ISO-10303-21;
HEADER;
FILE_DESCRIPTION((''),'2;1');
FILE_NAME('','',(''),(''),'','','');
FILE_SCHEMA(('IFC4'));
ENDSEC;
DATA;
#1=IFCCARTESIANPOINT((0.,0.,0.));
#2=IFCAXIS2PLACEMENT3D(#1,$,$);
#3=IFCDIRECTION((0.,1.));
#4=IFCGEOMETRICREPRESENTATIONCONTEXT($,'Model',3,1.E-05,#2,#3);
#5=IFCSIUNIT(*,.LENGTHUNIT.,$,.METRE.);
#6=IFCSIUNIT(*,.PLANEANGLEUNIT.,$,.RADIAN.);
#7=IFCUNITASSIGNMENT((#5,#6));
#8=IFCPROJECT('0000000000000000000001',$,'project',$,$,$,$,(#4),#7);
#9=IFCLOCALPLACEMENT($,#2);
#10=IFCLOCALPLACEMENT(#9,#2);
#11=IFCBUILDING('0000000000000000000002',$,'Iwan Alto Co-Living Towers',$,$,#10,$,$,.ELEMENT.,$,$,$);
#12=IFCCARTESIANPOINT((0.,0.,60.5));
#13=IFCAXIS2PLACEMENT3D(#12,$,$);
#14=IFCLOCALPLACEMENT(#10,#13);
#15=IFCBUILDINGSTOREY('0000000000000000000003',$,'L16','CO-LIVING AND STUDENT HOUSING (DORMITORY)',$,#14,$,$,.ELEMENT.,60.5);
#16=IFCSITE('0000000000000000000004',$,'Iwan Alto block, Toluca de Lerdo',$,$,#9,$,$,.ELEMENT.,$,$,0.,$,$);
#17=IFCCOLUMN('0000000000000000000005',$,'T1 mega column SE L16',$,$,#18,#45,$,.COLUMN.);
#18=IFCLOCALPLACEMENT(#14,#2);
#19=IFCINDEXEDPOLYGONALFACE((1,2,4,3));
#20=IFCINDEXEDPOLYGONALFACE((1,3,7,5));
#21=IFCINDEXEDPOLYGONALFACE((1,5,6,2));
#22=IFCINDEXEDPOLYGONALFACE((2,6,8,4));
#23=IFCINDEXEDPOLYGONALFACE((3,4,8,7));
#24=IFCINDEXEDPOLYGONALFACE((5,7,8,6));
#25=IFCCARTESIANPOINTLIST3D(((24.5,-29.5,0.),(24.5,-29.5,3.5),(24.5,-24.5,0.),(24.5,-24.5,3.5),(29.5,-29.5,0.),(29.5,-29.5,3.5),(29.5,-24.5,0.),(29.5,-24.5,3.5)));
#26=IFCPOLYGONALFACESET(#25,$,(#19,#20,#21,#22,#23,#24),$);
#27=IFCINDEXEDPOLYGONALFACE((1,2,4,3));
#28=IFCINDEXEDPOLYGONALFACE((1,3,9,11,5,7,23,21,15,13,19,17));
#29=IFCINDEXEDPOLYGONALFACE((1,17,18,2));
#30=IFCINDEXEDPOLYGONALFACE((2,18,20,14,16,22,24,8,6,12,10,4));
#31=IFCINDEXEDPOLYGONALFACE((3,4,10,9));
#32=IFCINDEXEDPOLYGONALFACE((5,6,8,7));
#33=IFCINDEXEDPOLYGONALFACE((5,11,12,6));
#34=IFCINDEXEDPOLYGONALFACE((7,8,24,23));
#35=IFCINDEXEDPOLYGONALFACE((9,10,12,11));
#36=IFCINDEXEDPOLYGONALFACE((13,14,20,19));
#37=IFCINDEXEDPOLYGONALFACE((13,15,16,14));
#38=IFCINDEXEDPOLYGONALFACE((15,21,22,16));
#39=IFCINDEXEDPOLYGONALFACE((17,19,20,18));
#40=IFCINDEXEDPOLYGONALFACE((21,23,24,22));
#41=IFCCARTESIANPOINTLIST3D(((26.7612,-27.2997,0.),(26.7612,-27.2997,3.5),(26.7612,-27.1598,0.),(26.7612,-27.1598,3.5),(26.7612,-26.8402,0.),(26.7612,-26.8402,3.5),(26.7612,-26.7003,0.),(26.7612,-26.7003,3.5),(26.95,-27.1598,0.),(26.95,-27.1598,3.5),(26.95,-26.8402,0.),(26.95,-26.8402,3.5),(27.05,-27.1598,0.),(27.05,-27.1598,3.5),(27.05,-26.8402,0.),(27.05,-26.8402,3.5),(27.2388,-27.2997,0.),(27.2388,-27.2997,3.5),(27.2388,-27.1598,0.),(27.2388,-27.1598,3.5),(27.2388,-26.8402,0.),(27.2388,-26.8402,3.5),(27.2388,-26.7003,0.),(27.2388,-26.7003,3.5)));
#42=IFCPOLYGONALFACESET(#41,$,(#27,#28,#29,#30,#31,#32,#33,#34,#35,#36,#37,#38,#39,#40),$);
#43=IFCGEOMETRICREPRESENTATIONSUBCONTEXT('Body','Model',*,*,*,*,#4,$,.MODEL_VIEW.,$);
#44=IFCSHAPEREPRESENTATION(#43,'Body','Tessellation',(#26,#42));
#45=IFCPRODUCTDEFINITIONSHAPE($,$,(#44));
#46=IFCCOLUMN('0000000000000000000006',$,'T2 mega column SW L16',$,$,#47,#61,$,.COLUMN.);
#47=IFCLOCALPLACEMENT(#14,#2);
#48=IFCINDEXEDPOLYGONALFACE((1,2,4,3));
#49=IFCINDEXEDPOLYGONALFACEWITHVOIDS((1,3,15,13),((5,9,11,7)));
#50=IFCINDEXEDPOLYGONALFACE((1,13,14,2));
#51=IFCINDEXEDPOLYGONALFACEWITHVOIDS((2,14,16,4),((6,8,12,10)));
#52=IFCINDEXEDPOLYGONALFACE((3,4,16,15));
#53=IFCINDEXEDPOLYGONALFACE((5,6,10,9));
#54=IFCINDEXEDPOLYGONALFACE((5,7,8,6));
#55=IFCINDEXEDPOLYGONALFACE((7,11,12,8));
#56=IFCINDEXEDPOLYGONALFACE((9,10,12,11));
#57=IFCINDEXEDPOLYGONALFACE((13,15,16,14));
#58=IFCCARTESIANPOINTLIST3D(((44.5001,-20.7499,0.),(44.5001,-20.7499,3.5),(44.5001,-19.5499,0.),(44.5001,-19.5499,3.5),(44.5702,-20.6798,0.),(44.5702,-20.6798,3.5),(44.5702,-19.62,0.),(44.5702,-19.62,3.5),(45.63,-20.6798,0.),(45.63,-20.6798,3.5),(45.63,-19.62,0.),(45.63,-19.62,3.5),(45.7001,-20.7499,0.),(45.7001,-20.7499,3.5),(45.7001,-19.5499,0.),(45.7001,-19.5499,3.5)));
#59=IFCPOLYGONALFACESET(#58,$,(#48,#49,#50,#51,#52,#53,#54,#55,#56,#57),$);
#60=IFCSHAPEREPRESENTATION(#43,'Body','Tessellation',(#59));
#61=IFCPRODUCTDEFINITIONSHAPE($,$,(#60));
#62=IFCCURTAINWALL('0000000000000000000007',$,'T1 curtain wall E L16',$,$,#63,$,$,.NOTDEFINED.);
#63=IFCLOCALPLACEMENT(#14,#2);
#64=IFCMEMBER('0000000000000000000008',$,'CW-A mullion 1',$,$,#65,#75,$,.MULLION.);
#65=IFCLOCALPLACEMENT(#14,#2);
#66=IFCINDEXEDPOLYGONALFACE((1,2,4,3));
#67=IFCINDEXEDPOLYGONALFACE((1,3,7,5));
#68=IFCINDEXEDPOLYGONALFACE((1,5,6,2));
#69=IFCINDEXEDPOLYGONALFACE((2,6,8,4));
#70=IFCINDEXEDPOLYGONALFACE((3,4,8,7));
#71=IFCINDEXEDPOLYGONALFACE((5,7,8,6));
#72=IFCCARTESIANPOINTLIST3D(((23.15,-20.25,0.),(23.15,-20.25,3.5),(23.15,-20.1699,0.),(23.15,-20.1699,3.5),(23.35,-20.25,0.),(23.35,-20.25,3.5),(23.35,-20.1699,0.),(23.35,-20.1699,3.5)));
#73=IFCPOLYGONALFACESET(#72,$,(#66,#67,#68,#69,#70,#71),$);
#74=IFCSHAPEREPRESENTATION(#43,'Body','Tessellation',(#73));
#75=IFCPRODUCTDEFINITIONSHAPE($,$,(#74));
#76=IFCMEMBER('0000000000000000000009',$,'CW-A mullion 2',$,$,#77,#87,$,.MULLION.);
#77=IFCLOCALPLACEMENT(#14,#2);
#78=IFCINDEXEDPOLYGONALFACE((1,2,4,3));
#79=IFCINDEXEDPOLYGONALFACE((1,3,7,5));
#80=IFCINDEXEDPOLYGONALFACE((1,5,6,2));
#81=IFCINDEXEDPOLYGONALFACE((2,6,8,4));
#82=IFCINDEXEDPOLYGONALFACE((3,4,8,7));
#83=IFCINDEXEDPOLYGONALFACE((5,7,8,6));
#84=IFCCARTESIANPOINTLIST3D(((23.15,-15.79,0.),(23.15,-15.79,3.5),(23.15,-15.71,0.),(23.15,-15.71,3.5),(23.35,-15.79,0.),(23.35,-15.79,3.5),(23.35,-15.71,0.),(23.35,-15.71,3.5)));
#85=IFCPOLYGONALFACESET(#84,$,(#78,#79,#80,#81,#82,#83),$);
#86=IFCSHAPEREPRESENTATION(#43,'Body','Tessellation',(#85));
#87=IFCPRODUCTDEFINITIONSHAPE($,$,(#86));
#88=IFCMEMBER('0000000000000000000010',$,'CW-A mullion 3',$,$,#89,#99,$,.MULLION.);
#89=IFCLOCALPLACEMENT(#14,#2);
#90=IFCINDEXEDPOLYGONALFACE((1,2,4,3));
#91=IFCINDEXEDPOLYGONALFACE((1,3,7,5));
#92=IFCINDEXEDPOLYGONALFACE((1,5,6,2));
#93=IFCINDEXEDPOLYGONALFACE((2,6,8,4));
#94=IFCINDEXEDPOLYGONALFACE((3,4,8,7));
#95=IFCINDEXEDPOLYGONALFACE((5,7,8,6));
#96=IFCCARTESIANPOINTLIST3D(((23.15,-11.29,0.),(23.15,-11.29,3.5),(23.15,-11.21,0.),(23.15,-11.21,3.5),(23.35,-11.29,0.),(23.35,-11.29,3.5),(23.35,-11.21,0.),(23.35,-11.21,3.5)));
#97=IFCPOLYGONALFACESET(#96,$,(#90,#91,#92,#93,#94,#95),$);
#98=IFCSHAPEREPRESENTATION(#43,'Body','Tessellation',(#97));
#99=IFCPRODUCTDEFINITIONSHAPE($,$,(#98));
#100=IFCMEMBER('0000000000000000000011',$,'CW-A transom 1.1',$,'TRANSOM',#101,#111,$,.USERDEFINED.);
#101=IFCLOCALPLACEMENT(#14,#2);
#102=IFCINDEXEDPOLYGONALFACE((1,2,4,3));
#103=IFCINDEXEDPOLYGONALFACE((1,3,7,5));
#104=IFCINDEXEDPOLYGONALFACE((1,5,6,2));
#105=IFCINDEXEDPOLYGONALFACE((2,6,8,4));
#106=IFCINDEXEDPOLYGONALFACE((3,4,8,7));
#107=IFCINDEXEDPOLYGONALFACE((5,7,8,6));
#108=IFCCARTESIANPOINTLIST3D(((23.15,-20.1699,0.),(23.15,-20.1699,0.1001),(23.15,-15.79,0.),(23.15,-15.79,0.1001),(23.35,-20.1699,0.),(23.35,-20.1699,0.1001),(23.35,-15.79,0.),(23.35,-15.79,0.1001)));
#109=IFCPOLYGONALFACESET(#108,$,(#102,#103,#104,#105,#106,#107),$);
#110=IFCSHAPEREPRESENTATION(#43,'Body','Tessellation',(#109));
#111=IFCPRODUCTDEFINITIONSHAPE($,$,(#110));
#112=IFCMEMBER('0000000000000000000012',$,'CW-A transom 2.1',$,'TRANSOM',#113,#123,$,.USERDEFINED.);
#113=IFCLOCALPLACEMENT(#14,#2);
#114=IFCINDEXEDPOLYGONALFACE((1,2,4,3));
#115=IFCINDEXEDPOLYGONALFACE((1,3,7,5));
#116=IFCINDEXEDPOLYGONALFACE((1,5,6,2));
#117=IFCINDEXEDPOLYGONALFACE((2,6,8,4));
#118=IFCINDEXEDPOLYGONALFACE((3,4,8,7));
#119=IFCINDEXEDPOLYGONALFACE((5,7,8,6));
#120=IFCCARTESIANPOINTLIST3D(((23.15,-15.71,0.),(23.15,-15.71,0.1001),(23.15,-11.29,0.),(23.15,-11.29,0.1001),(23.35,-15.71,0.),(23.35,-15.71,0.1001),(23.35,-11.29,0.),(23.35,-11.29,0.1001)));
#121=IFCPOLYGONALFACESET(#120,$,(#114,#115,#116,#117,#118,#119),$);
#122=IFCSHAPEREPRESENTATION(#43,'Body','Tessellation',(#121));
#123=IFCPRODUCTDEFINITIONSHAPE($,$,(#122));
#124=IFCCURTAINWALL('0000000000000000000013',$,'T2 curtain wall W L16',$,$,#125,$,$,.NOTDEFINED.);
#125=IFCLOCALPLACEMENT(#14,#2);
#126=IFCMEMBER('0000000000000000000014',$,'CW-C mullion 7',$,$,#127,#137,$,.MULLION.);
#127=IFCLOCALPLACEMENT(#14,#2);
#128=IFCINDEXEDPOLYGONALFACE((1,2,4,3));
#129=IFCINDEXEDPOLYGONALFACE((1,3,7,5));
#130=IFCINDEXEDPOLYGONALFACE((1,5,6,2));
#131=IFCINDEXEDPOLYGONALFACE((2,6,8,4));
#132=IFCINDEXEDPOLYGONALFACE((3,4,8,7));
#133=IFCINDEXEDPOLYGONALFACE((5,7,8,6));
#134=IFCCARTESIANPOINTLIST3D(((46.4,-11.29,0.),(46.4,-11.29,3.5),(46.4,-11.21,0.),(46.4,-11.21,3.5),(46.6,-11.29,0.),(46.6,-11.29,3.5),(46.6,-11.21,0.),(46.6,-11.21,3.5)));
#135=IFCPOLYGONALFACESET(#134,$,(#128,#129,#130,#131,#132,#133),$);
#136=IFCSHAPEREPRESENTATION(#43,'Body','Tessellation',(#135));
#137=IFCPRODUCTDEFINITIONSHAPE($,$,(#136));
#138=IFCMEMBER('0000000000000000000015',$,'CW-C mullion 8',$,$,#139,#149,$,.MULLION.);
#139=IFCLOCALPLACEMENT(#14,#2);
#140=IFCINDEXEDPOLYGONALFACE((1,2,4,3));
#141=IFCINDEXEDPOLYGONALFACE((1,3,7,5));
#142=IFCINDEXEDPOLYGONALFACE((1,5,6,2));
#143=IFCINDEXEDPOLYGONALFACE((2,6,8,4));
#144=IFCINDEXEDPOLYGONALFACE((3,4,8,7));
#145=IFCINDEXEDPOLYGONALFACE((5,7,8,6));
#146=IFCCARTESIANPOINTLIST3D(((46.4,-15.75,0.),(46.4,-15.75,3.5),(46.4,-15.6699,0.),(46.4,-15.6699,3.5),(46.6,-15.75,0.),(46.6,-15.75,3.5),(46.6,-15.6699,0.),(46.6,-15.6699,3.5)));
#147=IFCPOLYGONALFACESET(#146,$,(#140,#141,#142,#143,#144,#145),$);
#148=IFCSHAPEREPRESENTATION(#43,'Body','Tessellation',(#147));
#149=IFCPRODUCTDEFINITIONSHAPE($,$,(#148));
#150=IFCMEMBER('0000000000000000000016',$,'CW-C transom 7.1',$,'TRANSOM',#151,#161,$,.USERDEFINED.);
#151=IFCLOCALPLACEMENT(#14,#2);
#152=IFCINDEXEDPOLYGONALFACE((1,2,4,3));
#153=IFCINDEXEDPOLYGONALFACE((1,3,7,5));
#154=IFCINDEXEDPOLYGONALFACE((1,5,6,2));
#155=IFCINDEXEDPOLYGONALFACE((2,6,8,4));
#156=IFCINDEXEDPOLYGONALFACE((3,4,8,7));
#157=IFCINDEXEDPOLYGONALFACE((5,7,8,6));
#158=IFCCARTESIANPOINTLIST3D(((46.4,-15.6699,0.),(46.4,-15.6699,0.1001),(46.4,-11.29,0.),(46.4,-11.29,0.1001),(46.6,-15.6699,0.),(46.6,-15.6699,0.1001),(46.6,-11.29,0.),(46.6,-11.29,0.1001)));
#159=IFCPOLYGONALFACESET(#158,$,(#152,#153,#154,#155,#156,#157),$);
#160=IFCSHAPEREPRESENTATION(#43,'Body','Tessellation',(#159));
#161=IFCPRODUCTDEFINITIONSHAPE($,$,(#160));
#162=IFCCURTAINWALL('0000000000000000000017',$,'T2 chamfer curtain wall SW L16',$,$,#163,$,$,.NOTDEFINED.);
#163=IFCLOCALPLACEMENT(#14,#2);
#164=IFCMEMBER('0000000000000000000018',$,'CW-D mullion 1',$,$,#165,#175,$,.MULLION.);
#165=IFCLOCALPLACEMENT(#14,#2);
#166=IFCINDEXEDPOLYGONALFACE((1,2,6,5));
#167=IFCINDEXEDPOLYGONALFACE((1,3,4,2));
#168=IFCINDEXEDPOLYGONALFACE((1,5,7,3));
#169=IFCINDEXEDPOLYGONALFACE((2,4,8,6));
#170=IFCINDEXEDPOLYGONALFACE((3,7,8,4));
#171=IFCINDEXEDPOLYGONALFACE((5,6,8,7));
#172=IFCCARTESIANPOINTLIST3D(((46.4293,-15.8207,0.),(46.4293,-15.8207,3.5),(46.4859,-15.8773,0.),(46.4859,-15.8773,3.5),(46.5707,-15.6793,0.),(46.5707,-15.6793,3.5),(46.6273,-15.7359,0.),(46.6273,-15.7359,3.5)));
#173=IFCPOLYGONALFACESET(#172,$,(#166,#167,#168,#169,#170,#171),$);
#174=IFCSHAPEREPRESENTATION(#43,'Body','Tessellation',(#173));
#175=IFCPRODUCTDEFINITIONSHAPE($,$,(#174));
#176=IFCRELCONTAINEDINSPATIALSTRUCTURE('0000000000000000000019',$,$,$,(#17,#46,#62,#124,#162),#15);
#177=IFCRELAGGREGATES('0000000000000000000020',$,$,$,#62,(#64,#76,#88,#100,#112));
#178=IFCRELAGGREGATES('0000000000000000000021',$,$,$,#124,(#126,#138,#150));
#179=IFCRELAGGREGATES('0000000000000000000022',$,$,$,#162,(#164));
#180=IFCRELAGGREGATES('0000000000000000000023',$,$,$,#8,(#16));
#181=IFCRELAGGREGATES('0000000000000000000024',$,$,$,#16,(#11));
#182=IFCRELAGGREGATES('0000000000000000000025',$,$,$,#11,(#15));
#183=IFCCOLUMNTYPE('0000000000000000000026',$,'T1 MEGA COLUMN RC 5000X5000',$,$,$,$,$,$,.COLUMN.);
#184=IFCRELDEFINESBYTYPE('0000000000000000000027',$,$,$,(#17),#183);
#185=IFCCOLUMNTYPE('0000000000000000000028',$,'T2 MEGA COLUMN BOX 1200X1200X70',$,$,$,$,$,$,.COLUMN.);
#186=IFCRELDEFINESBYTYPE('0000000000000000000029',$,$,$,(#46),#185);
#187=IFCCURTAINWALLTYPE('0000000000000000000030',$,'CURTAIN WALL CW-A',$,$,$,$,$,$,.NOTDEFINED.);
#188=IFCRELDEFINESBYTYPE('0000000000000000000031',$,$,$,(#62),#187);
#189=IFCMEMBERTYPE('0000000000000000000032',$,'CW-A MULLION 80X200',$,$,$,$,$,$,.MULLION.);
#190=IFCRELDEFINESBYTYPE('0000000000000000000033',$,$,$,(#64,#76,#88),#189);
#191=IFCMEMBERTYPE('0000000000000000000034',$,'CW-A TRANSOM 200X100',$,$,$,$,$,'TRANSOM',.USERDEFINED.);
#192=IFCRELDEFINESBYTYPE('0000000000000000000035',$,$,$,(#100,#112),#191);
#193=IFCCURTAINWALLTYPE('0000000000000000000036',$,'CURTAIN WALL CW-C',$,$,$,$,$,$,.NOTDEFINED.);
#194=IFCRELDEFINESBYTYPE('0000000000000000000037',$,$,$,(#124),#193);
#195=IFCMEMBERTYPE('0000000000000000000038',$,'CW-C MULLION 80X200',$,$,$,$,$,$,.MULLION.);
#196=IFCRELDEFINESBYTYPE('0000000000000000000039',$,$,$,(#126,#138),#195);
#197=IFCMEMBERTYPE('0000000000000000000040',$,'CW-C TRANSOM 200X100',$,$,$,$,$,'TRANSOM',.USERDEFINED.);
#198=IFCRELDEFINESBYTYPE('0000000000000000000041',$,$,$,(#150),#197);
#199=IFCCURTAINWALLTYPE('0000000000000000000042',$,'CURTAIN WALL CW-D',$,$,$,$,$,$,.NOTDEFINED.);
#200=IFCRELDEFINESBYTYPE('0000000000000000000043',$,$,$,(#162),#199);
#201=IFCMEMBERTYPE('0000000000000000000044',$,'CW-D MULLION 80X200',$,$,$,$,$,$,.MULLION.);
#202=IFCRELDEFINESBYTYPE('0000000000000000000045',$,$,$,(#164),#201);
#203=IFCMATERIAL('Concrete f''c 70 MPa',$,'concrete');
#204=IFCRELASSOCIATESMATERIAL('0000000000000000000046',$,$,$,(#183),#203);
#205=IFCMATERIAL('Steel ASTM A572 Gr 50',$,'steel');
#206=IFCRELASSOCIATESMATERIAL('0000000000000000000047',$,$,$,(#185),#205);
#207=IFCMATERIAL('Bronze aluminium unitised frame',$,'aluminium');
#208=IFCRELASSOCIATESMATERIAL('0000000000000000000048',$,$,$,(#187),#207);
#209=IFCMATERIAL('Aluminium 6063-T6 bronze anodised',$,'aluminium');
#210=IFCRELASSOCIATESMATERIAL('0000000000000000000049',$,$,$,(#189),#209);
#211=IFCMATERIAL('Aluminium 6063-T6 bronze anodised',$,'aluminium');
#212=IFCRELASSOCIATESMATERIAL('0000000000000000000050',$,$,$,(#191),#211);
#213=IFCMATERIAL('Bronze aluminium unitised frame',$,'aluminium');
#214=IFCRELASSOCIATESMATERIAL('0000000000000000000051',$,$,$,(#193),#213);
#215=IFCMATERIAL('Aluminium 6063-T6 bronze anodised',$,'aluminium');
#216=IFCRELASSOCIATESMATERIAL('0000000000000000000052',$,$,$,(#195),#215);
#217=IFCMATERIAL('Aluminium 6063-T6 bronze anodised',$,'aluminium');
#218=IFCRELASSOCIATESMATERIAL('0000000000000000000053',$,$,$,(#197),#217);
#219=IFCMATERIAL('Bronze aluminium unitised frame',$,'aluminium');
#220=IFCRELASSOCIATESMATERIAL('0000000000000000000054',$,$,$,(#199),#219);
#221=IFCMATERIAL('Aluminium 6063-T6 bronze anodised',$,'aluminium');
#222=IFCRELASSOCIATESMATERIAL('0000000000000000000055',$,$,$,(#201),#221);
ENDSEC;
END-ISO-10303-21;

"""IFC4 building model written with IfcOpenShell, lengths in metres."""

from ifc_helpers import new_model, si_unit, direction, frame, origin, origin_2d, place, context, subcontext, project, spatial, rectangle, hollow_rectangle, i_section, extrude, material, material_profile, profile_set, type_object, element, aggregate, save


model = new_model("IFC4")

# Units and contexts
model_context = context("Model", 3, precision=1e-05, world=origin(), true_north=direction((0.0, 1.0)))
body_context = subcontext(model_context, "Body", "Model", "MODEL_VIEW")
ifc_project = project(units=[si_unit("LENGTHUNIT", "METRE"), si_unit("PLANEANGLEUNIT", "RADIAN")], contexts=[model_context])

# Site, building, storey
site_placement = place(None, origin())
site = spatial("IfcSite", under=ifc_project, at=site_placement, Name="Iwan Alto block, Toluca de Lerdo", CompositionType="ELEMENT", RefElevation=0.0)
building_placement = place(site_placement, origin())
building = spatial("IfcBuilding", under=site, at=building_placement, Name="Iwan Alto Co-Living Towers", CompositionType="ELEMENT")
storey_placement = place(building_placement, frame((0.0, 0.0, 60.5)))
storey = spatial("IfcBuildingStorey", under=building, at=storey_placement, Name="L16", Description="CO-LIVING AND STUDENT HOUSING (DORMITORY)", CompositionType="ELEMENT", Elevation=60.5)

# Columns
ifc_material_1 = material(Name="Concrete f'c 70 MPa", Category="concrete")
ifc_material_profile_1 = material_profile(ifc_material_1, rectangle(XDim=5.0, YDim=5.0, at=origin_2d()), Name="RC 5000X5000")
ifc_profile_set_1 = profile_set([ifc_material_profile_1], Name="Concrete f'c 70 MPa")
column_type_1 = type_object("IfcColumnType", Name="T1 MEGA COLUMN RC 5000X5000", PredefinedType="COLUMN", material=ifc_profile_set_1)
column_1_placement = place(storey_placement, frame((27.0, -27.0, 0.0), z_axis=(0.0, 0.0, 1.0), x_axis=(1.0, 0.0, 0.0)))
element("IfcColumn", 1, at=column_1_placement, inside=storey, type_object=column_type_1, Name="T1 mega column SE L16", PredefinedType="COLUMN", context=body_context, shape_type="SweptSolid", body=[
    extrude(rectangle(XDim=5.0, YDim=5.0, at=origin_2d()), origin(), (0.0, 0.0, 1.0), 3.5),
    extrude(i_section(OverallWidth=0.4775, OverallDepth=0.5994, WebThickness=0.1001, FlangeThickness=0.1399, at=origin_2d()), origin(), (0.0, 0.0, 1.0), 3.5),
])
ifc_material_2 = material(Name="Steel ASTM A572 Gr 50", Category="steel")
ifc_material_profile_2 = material_profile(ifc_material_2, hollow_rectangle(XDim=1.2, YDim=1.2, WallThickness=0.0701, at=origin_2d()), Name="BOX 1200X1200X70")
ifc_profile_set_2 = profile_set([ifc_material_profile_2], Name="Steel ASTM A572 Gr 50")
column_type_2 = type_object("IfcColumnType", Name="T2 MEGA COLUMN BOX 1200X1200X70", PredefinedType="COLUMN", material=ifc_profile_set_2)
column_2_placement = place(storey_placement, frame((45.1001, -20.1499, 0.0), z_axis=(0.0, 0.0, 1.0), x_axis=(1.0, 0.0, 0.0)))
element("IfcColumn", 2, at=column_2_placement, inside=storey, type_object=column_type_2, Name="T2 mega column SW L16", PredefinedType="COLUMN", context=body_context, shape_type="SweptSolid", body=[
    extrude(hollow_rectangle(XDim=1.2, YDim=1.2, WallThickness=0.0701, at=origin_2d()), origin(), (0.0, 0.0, 1.0), 3.5),
])

# Curtain walls, members
ifc_material_3 = material(Name="Bronze aluminium unitised frame", Category="aluminium")
curtain_wall_type_1 = type_object("IfcCurtainWallType", Name="CURTAIN WALL CW-A", PredefinedType="NOTDEFINED", material=ifc_material_3)
curtain_wall_1_placement = place(storey_placement, origin())
curtain_wall_1 = element("IfcCurtainWall", 3, at=curtain_wall_1_placement, inside=storey, type_object=curtain_wall_type_1, Name="T1 curtain wall E L16", PredefinedType="NOTDEFINED")
ifc_material_4 = material(Name="Aluminium 6063-T6 bronze anodised", Category="aluminium")
ifc_material_profile_3 = material_profile(ifc_material_4, rectangle(XDim=0.2, YDim=0.0801, at=origin_2d()), Name="AL 80X200")
ifc_profile_set_3 = profile_set([ifc_material_profile_3], Name="Aluminium 6063-T6 bronze anodised")
member_type_1 = type_object("IfcMemberType", Name="CW-A MULLION 80X200", PredefinedType="MULLION", material=ifc_profile_set_3)
member_1_placement = place(storey_placement, frame((23.25, -20.21, 0.0), z_axis=(0.0, 0.0, 1.0), x_axis=(-1.0, 0.0, 0.0)))
member_1 = element("IfcMember", 4, at=member_1_placement, type_object=member_type_1, Name="CW-A mullion 1", PredefinedType="MULLION", context=body_context, shape_type="SweptSolid", body=[
    extrude(rectangle(XDim=0.2, YDim=0.0801, at=origin_2d()), origin(), (0.0, 0.0, 1.0), 3.5),
])
member_2_placement = place(storey_placement, frame((23.25, -15.75, 0.0), z_axis=(0.0, 0.0, 1.0), x_axis=(-1.0, 0.0, 0.0)))
member_2 = element("IfcMember", 5, at=member_2_placement, type_object=member_type_1, Name="CW-A mullion 2", PredefinedType="MULLION", context=body_context, shape_type="SweptSolid", body=[
    extrude(rectangle(XDim=0.2, YDim=0.0801, at=origin_2d()), origin(), (0.0, 0.0, 1.0), 3.5),
])
member_3_placement = place(storey_placement, frame((23.25, -11.25, 0.0), z_axis=(0.0, 0.0, 1.0), x_axis=(-1.0, 0.0, 0.0)))
member_3 = element("IfcMember", 6, at=member_3_placement, type_object=member_type_1, Name="CW-A mullion 3", PredefinedType="MULLION", context=body_context, shape_type="SweptSolid", body=[
    extrude(rectangle(XDim=0.2, YDim=0.0801, at=origin_2d()), origin(), (0.0, 0.0, 1.0), 3.5),
])
ifc_material_5 = material(Name="Aluminium 6063-T6 bronze anodised", Category="aluminium")
ifc_material_profile_4 = material_profile(ifc_material_5, rectangle(XDim=0.2, YDim=0.1001, at=origin_2d()), Name="AL 200X100")
ifc_profile_set_4 = profile_set([ifc_material_profile_4], Name="Aluminium 6063-T6 bronze anodised")
member_type_2 = type_object("IfcMemberType", Name="CW-A TRANSOM 200X100", ElementType="TRANSOM", PredefinedType="USERDEFINED", material=ifc_profile_set_4)
member_4_placement = place(storey_placement, frame((23.25, -20.1699, 0.05), z_axis=(0.0, 1.0, 0.0), x_axis=(-1.0, 0.0, 0.0)))
member_4 = element("IfcMember", 7, at=member_4_placement, type_object=member_type_2, Name="CW-A transom 1.1", ObjectType="TRANSOM", PredefinedType="USERDEFINED", context=body_context, shape_type="SweptSolid", body=[
    extrude(rectangle(XDim=0.2, YDim=0.1001, at=origin_2d()), origin(), (0.0, 0.0, 1.0), 4.3799),
])
member_5_placement = place(storey_placement, frame((23.25, -15.71, 0.05), z_axis=(0.0, 1.0, 0.0), x_axis=(-1.0, 0.0, 0.0)))
member_5 = element("IfcMember", 8, at=member_5_placement, type_object=member_type_2, Name="CW-A transom 2.1", ObjectType="TRANSOM", PredefinedType="USERDEFINED", context=body_context, shape_type="SweptSolid", body=[
    extrude(rectangle(XDim=0.2, YDim=0.1001, at=origin_2d()), origin(), (0.0, 0.0, 1.0), 4.4199),
])
ifc_material_6 = material(Name="Bronze aluminium unitised frame", Category="aluminium")
curtain_wall_type_2 = type_object("IfcCurtainWallType", Name="CURTAIN WALL CW-C", PredefinedType="NOTDEFINED", material=ifc_material_6)
curtain_wall_2_placement = place(storey_placement, origin())
curtain_wall_2 = element("IfcCurtainWall", 9, at=curtain_wall_2_placement, inside=storey, type_object=curtain_wall_type_2, Name="T2 curtain wall W L16", PredefinedType="NOTDEFINED")
ifc_material_7 = material(Name="Aluminium 6063-T6 bronze anodised", Category="aluminium")
ifc_material_profile_5 = material_profile(ifc_material_7, rectangle(XDim=0.2, YDim=0.0801, at=origin_2d()), Name="AL 80X200")
ifc_profile_set_5 = profile_set([ifc_material_profile_5], Name="Aluminium 6063-T6 bronze anodised")
member_type_3 = type_object("IfcMemberType", Name="CW-C MULLION 80X200", PredefinedType="MULLION", material=ifc_profile_set_5)
member_6_placement = place(storey_placement, frame((46.5, -11.25, 0.0), z_axis=(0.0, 0.0, 1.0), x_axis=(1.0, 0.0, 0.0)))
member_6 = element("IfcMember", 10, at=member_6_placement, type_object=member_type_3, Name="CW-C mullion 7", PredefinedType="MULLION", context=body_context, shape_type="SweptSolid", body=[
    extrude(rectangle(XDim=0.2, YDim=0.0801, at=origin_2d()), origin(), (0.0, 0.0, 1.0), 3.5),
])
member_7_placement = place(storey_placement, frame((46.5, -15.71, 0.0), z_axis=(0.0, 0.0, 1.0), x_axis=(1.0, 0.0, 0.0)))
member_7 = element("IfcMember", 11, at=member_7_placement, type_object=member_type_3, Name="CW-C mullion 8", PredefinedType="MULLION", context=body_context, shape_type="SweptSolid", body=[
    extrude(rectangle(XDim=0.2, YDim=0.0801, at=origin_2d()), origin(), (0.0, 0.0, 1.0), 3.5),
])
ifc_material_8 = material(Name="Aluminium 6063-T6 bronze anodised", Category="aluminium")
ifc_material_profile_6 = material_profile(ifc_material_8, rectangle(XDim=0.2, YDim=0.1001, at=origin_2d()), Name="AL 200X100")
ifc_profile_set_6 = profile_set([ifc_material_profile_6], Name="Aluminium 6063-T6 bronze anodised")
member_type_4 = type_object("IfcMemberType", Name="CW-C TRANSOM 200X100", ElementType="TRANSOM", PredefinedType="USERDEFINED", material=ifc_profile_set_6)
member_8_placement = place(storey_placement, frame((46.5, -11.29, 0.05), z_axis=(0.0, -1.0, 0.0), x_axis=(1.0, 0.0, 0.0)))
member_8 = element("IfcMember", 12, at=member_8_placement, type_object=member_type_4, Name="CW-C transom 7.1", ObjectType="TRANSOM", PredefinedType="USERDEFINED", context=body_context, shape_type="SweptSolid", body=[
    extrude(rectangle(XDim=0.2, YDim=0.1001, at=origin_2d()), origin(), (0.0, 0.0, 1.0), 4.3799),
])
ifc_material_9 = material(Name="Bronze aluminium unitised frame", Category="aluminium")
curtain_wall_type_3 = type_object("IfcCurtainWallType", Name="CURTAIN WALL CW-D", PredefinedType="NOTDEFINED", material=ifc_material_9)
curtain_wall_3_placement = place(storey_placement, origin())
curtain_wall_3 = element("IfcCurtainWall", 13, at=curtain_wall_3_placement, inside=storey, type_object=curtain_wall_type_3, Name="T2 chamfer curtain wall SW L16", PredefinedType="NOTDEFINED")
ifc_material_10 = material(Name="Aluminium 6063-T6 bronze anodised", Category="aluminium")
ifc_material_profile_7 = material_profile(ifc_material_10, rectangle(XDim=0.2, YDim=0.0801, at=origin_2d()), Name="AL 80X200")
ifc_profile_set_7 = profile_set([ifc_material_profile_7], Name="Aluminium 6063-T6 bronze anodised")
member_type_5 = type_object("IfcMemberType", Name="CW-D MULLION 80X200", PredefinedType="MULLION", material=ifc_profile_set_7)
member_9_placement = place(storey_placement, frame((46.5283, -15.7783, 0.0), z_axis=(0.0, 0.0, 1.0), x_axis=(0.707107, 0.707107, 0.0)))
member_9 = element("IfcMember", 14, at=member_9_placement, type_object=member_type_5, Name="CW-D mullion 1", PredefinedType="MULLION", context=body_context, shape_type="SweptSolid", body=[
    extrude(rectangle(XDim=0.2, YDim=0.0801, at=origin_2d()), origin(), (0.0, 0.0, 1.0), 3.5),
])

aggregate(curtain_wall_1, [member_1, member_2, member_3, member_4, member_5])
aggregate(curtain_wall_2, [member_6, member_7, member_8])
aggregate(curtain_wall_3, [member_9])

save(model, "model.ifc")
